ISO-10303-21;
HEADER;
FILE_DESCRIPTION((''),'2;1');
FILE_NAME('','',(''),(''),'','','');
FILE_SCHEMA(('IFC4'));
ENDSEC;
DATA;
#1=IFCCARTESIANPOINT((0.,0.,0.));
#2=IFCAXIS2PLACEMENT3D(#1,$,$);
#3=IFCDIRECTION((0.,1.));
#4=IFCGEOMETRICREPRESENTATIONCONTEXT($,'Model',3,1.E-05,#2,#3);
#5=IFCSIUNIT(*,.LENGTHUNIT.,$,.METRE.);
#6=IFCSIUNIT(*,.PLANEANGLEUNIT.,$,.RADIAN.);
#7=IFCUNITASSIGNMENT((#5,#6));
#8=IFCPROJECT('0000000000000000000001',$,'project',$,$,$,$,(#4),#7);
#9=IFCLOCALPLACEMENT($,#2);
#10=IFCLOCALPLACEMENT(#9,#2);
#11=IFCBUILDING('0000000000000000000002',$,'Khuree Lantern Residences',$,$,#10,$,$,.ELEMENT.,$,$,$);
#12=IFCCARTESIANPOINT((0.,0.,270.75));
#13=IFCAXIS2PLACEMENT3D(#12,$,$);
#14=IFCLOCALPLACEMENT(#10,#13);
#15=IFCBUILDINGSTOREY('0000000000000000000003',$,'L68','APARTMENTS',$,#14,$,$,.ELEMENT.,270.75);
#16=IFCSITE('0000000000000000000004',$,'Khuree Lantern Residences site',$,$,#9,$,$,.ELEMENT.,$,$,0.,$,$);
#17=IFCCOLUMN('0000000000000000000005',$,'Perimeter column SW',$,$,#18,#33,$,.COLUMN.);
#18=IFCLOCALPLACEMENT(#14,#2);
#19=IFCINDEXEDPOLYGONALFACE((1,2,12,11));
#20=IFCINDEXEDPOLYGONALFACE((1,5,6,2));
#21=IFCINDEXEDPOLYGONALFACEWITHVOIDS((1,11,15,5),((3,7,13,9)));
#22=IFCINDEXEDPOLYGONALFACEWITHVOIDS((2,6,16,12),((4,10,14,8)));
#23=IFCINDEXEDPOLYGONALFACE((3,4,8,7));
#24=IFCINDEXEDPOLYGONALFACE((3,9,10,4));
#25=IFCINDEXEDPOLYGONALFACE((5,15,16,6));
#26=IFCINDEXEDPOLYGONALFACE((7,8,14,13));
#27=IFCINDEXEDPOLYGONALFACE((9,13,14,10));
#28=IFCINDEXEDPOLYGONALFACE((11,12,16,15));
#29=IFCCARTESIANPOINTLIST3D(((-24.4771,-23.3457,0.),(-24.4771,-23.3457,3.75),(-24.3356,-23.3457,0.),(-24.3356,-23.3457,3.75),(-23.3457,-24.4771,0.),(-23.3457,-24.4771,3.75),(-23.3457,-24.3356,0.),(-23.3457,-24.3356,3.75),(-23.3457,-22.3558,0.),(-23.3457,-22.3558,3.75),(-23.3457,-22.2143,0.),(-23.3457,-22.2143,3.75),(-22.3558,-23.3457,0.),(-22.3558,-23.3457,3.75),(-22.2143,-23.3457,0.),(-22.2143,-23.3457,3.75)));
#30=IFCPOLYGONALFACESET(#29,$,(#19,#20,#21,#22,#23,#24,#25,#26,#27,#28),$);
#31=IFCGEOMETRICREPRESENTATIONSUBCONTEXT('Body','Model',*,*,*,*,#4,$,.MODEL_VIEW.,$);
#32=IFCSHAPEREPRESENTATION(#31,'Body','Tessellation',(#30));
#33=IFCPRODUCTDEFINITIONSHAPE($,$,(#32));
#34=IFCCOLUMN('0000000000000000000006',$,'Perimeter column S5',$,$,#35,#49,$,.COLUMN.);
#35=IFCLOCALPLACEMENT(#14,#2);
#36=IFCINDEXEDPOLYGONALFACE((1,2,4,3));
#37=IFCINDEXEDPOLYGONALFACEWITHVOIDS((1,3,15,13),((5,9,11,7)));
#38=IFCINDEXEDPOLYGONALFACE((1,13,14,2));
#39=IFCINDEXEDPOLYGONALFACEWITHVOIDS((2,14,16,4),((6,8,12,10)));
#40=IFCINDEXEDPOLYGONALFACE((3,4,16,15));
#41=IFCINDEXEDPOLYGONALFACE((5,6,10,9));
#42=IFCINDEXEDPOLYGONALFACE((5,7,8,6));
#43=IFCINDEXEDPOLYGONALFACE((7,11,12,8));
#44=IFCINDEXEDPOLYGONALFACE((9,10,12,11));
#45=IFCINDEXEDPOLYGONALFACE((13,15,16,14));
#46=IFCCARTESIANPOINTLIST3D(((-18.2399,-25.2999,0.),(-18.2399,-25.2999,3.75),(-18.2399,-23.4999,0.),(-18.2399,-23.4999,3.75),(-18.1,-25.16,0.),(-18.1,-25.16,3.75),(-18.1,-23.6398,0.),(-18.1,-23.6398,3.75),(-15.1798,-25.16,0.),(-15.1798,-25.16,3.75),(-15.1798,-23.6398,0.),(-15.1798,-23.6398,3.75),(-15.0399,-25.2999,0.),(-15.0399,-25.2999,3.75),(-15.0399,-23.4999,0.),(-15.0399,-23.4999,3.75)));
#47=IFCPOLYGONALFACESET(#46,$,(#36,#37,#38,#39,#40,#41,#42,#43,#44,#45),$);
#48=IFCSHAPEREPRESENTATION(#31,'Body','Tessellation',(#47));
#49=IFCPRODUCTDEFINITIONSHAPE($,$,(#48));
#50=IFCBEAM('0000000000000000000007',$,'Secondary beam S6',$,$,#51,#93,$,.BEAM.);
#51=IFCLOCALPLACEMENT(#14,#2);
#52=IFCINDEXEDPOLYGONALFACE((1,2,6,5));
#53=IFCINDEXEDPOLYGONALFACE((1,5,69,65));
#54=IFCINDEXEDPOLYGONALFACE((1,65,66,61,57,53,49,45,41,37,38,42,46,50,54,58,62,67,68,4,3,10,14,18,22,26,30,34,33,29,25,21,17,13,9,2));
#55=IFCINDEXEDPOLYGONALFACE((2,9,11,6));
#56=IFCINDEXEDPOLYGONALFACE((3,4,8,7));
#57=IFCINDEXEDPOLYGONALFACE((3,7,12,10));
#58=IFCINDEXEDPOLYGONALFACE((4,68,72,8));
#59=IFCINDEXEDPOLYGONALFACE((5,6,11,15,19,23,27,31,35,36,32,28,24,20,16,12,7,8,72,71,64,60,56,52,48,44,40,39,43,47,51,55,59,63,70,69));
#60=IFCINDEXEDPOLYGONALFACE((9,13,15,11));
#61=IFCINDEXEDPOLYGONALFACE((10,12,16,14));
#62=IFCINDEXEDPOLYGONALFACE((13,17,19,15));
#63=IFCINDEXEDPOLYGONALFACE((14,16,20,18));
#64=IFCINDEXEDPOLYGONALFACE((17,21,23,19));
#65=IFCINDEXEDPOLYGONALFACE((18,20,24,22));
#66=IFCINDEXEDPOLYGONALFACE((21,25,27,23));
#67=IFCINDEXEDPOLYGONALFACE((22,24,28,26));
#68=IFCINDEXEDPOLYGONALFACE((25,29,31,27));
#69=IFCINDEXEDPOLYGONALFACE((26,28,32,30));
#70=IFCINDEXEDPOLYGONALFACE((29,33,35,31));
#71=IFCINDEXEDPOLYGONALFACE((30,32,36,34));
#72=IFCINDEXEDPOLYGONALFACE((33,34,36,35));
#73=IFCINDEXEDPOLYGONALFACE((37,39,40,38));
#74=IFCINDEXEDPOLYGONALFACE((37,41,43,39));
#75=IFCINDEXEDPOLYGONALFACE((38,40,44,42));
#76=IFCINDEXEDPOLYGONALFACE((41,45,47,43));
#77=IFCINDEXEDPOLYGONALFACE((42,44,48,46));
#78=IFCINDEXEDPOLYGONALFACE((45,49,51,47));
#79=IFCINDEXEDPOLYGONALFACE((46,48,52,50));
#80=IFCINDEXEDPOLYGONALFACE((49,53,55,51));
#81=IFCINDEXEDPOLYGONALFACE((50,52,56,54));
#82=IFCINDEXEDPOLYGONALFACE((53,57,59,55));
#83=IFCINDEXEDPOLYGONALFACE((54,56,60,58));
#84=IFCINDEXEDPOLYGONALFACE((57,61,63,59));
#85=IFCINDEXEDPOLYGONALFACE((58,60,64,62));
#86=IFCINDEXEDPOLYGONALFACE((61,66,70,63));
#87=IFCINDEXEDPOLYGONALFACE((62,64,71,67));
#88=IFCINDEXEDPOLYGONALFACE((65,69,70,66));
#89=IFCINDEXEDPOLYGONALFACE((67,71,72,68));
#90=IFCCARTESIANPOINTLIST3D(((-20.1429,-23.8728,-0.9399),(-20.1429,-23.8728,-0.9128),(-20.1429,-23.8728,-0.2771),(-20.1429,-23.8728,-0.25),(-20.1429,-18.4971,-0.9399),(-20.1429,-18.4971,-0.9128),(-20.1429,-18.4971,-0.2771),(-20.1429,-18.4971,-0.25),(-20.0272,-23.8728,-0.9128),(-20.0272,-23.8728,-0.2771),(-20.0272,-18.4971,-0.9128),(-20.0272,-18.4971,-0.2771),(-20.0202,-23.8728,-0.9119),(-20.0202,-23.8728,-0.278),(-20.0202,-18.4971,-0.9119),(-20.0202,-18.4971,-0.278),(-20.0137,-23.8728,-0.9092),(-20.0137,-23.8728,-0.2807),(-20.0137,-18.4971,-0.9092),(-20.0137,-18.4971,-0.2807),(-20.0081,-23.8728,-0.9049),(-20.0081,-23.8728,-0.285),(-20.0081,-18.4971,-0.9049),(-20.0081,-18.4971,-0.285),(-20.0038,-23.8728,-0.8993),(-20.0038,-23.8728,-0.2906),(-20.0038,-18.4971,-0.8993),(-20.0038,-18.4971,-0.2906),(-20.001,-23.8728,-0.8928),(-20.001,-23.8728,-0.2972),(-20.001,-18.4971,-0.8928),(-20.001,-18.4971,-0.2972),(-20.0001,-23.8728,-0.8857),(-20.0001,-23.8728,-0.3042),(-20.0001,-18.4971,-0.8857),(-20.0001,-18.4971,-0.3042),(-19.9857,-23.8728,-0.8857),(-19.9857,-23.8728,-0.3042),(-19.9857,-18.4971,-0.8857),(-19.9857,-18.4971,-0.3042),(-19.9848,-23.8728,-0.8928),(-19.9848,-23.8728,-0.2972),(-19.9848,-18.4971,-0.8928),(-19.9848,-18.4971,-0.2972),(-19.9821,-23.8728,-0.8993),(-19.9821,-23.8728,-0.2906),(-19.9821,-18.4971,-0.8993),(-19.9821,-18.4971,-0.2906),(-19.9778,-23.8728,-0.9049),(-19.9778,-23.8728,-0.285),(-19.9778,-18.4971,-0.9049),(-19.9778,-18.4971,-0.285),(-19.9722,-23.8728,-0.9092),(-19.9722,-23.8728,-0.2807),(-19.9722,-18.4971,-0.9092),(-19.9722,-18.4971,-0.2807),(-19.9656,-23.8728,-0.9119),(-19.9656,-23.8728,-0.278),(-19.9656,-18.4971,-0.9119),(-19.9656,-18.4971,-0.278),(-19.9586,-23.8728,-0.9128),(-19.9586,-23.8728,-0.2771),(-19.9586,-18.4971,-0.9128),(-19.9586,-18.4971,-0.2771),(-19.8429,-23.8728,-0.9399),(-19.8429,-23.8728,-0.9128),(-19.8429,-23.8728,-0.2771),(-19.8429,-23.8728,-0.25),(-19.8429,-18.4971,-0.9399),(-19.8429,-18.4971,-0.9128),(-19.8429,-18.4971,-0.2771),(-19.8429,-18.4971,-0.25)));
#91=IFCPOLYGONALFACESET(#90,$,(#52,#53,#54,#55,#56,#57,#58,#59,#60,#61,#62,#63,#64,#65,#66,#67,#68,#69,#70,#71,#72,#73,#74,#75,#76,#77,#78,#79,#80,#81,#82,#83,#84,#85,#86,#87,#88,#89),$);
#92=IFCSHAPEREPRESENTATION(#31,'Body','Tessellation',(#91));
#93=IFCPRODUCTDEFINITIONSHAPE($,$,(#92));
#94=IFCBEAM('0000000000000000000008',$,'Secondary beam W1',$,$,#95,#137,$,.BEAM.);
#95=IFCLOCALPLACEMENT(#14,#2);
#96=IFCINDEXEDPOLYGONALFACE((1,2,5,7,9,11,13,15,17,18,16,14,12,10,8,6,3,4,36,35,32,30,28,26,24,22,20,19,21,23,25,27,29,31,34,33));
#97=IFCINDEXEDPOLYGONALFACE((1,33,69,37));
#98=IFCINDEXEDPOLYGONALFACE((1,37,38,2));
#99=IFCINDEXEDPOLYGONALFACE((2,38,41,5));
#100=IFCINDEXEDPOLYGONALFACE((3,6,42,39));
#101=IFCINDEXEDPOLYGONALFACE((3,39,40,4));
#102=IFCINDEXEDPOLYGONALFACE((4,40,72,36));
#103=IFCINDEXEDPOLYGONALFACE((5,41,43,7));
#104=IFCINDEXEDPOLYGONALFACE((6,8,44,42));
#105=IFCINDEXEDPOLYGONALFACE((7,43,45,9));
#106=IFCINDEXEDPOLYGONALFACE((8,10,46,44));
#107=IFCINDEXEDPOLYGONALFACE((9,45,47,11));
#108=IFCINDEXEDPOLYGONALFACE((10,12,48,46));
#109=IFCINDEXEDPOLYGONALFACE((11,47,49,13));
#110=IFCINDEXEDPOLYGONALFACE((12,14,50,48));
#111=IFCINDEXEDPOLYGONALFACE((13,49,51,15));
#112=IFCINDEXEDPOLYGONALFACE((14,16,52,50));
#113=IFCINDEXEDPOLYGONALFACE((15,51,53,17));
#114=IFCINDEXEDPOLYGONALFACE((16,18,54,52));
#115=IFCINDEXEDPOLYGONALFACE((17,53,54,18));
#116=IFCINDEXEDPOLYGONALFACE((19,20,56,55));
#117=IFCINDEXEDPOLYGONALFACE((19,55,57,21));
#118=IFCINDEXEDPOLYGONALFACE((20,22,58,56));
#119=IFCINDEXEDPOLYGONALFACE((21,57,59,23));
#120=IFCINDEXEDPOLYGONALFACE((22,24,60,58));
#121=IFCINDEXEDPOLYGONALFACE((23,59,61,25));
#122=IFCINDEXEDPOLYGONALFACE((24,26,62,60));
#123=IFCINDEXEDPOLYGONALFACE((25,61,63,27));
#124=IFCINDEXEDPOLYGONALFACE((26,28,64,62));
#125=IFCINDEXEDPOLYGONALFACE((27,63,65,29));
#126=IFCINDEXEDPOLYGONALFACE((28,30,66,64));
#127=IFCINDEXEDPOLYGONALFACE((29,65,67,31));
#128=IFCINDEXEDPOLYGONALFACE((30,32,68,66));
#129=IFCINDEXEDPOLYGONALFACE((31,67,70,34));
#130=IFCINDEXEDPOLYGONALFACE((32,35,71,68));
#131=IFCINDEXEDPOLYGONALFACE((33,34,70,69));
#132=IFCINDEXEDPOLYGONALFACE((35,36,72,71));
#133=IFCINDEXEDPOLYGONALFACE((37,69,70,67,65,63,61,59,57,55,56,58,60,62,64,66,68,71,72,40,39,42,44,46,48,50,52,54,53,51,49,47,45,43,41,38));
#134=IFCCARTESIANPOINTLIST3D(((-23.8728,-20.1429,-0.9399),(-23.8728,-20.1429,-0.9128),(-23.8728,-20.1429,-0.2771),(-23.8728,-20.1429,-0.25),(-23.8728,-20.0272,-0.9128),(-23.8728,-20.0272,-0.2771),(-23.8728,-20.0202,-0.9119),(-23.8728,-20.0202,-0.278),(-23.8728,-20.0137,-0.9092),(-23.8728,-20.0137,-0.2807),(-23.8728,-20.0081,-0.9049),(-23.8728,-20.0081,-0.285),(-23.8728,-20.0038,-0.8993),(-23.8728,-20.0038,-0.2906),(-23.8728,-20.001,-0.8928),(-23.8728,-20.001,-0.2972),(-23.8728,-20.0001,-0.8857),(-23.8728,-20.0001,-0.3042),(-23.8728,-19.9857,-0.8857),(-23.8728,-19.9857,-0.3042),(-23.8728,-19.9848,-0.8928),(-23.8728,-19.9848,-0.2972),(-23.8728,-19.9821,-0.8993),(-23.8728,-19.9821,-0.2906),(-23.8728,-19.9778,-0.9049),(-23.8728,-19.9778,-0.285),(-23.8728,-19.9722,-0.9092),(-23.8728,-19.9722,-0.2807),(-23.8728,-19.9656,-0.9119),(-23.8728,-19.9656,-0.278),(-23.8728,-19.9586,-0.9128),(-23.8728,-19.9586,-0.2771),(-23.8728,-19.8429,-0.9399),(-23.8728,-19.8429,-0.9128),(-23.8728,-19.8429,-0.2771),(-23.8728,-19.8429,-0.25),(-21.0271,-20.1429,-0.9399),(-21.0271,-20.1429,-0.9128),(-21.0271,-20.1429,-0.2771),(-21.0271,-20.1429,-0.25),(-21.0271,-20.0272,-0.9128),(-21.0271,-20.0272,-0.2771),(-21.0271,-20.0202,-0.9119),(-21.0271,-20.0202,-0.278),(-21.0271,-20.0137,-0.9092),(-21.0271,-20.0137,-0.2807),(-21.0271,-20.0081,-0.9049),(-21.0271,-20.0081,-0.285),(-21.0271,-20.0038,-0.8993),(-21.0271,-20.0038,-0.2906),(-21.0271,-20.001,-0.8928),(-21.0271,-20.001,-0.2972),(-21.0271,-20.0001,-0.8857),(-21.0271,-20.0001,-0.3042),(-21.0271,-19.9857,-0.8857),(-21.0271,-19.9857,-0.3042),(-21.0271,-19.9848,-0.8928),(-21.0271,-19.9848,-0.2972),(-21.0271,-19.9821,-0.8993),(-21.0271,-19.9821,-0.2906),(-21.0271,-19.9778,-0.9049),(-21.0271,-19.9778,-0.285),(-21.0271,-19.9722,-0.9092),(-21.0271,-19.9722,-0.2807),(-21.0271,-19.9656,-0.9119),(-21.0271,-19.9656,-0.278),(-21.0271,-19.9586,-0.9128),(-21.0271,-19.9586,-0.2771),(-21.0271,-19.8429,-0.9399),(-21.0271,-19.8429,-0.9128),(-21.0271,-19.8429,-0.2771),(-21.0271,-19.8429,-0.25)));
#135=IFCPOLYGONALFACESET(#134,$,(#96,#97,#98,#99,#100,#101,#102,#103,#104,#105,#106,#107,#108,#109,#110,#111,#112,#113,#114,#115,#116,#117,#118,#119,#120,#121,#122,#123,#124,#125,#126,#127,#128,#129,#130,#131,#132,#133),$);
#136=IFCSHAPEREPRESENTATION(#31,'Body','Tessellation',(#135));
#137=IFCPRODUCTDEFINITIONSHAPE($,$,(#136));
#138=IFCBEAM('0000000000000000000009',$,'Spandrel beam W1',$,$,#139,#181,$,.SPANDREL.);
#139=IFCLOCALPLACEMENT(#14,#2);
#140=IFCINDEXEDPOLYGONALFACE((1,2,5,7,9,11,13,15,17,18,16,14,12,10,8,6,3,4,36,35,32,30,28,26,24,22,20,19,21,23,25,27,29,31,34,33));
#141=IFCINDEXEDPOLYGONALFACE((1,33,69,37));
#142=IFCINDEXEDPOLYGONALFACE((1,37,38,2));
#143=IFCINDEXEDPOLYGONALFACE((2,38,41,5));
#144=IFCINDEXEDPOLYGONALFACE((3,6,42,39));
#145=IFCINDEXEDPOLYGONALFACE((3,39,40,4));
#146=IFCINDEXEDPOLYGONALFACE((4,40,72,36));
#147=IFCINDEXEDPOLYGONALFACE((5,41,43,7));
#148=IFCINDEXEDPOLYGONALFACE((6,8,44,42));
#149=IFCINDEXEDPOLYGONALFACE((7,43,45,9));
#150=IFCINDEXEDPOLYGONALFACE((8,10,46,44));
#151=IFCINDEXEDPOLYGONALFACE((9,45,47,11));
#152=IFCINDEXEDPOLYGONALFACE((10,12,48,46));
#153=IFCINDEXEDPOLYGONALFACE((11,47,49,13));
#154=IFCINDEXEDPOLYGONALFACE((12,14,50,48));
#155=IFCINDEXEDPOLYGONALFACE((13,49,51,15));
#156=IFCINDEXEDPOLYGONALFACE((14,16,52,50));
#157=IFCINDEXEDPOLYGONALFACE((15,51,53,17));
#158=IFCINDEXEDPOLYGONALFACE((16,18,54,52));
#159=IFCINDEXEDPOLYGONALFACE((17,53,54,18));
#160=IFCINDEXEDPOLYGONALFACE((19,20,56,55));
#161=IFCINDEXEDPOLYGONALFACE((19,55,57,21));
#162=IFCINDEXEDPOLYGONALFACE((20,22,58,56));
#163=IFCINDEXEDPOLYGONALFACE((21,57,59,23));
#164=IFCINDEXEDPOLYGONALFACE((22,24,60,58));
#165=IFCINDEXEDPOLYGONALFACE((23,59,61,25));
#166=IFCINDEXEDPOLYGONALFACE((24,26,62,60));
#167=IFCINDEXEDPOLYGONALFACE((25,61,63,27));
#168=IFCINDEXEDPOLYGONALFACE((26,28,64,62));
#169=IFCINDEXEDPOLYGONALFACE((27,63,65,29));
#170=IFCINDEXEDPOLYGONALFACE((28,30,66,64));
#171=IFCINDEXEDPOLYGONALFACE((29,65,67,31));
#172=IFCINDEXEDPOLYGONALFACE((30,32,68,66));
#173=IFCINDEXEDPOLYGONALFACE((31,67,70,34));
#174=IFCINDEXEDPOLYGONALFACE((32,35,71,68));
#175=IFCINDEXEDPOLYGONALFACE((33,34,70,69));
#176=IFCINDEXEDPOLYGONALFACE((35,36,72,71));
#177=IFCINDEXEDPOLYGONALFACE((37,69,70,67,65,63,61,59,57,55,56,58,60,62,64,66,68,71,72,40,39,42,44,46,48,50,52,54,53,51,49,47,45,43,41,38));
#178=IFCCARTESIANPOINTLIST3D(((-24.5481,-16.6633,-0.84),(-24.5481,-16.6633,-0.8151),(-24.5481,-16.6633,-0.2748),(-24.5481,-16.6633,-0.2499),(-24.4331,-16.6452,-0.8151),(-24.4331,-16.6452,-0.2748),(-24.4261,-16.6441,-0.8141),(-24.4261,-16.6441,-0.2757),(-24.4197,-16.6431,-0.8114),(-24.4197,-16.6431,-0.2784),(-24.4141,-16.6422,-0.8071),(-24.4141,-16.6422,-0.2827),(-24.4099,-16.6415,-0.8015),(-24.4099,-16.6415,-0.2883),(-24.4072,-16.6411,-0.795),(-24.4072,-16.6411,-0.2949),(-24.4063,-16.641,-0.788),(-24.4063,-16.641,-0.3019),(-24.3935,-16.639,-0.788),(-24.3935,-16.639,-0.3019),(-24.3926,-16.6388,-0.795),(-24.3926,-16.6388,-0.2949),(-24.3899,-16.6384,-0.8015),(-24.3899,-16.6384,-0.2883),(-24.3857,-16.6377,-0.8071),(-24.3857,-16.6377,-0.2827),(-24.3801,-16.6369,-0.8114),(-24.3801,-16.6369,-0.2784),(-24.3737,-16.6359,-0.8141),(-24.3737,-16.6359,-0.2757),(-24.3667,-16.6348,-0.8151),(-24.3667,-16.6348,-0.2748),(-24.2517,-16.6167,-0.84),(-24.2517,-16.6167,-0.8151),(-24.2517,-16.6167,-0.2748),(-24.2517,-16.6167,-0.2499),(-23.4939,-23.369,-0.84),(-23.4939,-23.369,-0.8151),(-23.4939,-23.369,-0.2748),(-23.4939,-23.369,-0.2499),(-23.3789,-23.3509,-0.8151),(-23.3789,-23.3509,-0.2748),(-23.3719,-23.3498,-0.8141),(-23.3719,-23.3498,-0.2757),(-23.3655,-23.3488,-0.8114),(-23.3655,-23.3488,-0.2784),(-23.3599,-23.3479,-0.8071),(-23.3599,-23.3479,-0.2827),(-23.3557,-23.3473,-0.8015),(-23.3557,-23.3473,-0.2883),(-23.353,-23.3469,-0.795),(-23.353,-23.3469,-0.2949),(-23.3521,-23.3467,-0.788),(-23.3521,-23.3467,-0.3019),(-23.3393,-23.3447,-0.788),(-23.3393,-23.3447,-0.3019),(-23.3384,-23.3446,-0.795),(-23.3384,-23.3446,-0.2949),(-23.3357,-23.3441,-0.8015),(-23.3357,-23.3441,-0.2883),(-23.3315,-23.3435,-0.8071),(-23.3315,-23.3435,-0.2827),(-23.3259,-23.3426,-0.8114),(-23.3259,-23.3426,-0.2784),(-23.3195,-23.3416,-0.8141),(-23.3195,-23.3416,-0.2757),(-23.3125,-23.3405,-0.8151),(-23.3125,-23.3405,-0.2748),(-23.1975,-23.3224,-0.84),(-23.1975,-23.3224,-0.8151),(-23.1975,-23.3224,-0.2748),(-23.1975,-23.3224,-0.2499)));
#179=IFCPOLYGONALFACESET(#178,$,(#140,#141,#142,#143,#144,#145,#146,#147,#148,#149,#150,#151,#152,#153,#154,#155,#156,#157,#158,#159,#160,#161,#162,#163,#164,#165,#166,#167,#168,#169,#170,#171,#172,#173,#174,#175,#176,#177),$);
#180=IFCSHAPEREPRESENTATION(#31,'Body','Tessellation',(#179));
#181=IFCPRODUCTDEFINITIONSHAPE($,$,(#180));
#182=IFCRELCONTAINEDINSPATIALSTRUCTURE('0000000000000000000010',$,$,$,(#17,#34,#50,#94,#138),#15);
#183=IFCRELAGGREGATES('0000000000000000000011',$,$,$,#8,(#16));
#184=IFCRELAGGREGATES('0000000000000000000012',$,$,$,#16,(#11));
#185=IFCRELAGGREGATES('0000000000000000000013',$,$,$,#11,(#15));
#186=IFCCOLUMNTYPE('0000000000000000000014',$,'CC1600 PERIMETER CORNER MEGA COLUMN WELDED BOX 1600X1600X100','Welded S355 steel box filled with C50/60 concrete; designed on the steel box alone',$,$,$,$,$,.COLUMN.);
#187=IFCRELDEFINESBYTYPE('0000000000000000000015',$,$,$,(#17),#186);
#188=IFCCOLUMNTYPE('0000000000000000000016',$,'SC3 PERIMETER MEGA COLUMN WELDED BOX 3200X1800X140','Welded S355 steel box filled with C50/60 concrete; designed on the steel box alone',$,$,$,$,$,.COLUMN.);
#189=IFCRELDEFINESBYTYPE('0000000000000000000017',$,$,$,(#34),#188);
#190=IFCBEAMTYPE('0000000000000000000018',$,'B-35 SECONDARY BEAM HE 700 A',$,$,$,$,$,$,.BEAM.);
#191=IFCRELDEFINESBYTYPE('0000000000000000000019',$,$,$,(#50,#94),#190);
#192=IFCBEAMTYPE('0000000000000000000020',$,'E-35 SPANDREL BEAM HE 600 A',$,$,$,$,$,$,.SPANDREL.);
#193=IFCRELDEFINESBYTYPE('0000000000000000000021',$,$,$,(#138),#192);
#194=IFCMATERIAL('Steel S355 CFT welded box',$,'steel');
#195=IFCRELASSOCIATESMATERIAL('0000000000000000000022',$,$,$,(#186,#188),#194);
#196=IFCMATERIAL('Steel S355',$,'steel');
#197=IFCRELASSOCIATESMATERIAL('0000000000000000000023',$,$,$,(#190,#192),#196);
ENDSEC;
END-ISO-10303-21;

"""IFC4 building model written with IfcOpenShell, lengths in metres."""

from ifc_helpers import new_model, si_unit, direction, frame, origin, origin_2d, place, context, subcontext, project, spatial, hollow_rectangle, i_section, extrude, material, material_profile, profile_set, type_object, element, save


model = new_model("IFC4")

# Units and contexts
model_context = context("Model", 3, precision=1e-05, world=origin(), true_north=direction((0.0, 1.0)))
body_context = subcontext(model_context, "Body", "Model", "MODEL_VIEW")
ifc_project = project(units=[si_unit("LENGTHUNIT", "METRE"), si_unit("PLANEANGLEUNIT", "RADIAN")], contexts=[model_context])

# Site, building, storey
site_placement = place(None, origin())
site = spatial("IfcSite", under=ifc_project, at=site_placement, Name="Khuree Lantern Residences site", CompositionType="ELEMENT", RefElevation=0.0)
building_placement = place(site_placement, origin())
building = spatial("IfcBuilding", under=site, at=building_placement, Name="Khuree Lantern Residences", CompositionType="ELEMENT")
storey_placement = place(building_placement, frame((0.0, 0.0, 270.75)))
storey = spatial("IfcBuildingStorey", under=building, at=storey_placement, Name="L68", Description="APARTMENTS", CompositionType="ELEMENT", Elevation=270.75)

# Columns
ifc_material_1 = material(Name="Steel S355 CFT welded box", Category="steel")
ifc_material_profile_1 = material_profile(ifc_material_1, hollow_rectangle(XDim=1.6001, YDim=1.6001, WallThickness=0.1001, at=origin_2d()), Name="WELDED BOX 1600X1600X100")
ifc_profile_set_1 = profile_set([ifc_material_profile_1], Name="Steel S355 CFT welded box")
column_type_1 = type_object("IfcColumnType", Name="CC1600 PERIMETER CORNER MEGA COLUMN WELDED BOX 1600X1600X100", Description="Welded S355 steel box filled with C50/60 concrete; designed on the steel box alone", PredefinedType="COLUMN", material=ifc_profile_set_1)
column_1_placement = place(storey_placement, frame((-23.3457, -23.3457, 0.0), z_axis=(0.0, 0.0, 1.0), x_axis=(0.707107, -0.707107, 0.0)))
element("IfcColumn", 1, at=column_1_placement, inside=storey, type_object=column_type_1, Name="Perimeter column SW", PredefinedType="COLUMN", context=body_context, shape_type="SweptSolid", body=[
    extrude(hollow_rectangle(XDim=1.6001, YDim=1.6001, WallThickness=0.1001, at=origin_2d()), origin(), (0.0, 0.0, 1.0), 3.75),
])
ifc_material_profile_2 = material_profile(ifc_material_1, hollow_rectangle(XDim=3.2, YDim=1.8, WallThickness=0.1399, at=origin_2d()), Name="WELDED BOX 3200X1800X140")
ifc_profile_set_2 = profile_set([ifc_material_profile_2], Name="Steel S355 CFT welded box")
column_type_2 = type_object("IfcColumnType", Name="SC3 PERIMETER MEGA COLUMN WELDED BOX 3200X1800X140", Description="Welded S355 steel box filled with C50/60 concrete; designed on the steel box alone", PredefinedType="COLUMN", material=ifc_profile_set_2)
column_2_placement = place(storey_placement, frame((-16.6399, -24.3999, 0.0), z_axis=(0.0, 0.0, 1.0), x_axis=(1.0, 0.0, 0.0)))
element("IfcColumn", 2, at=column_2_placement, inside=storey, type_object=column_type_2, Name="Perimeter column S5", PredefinedType="COLUMN", context=body_context, shape_type="SweptSolid", body=[
    extrude(hollow_rectangle(XDim=3.2, YDim=1.8, WallThickness=0.1399, at=origin_2d()), origin(), (0.0, 0.0, 1.0), 3.75),
])

# Beams
ifc_material_2 = material(Name="Steel S355", Category="steel")
ifc_material_profile_3 = material_profile(ifc_material_2, i_section(OverallWidth=0.3, OverallDepth=0.6899, WebThickness=0.0144, FlangeThickness=0.0271, FilletRadius=0.0271, at=origin_2d()), Name="HE 700 A")
ifc_profile_set_3 = profile_set([ifc_material_profile_3], Name="Steel S355")
beam_type_1 = type_object("IfcBeamType", Name="B-35 SECONDARY BEAM HE 700 A", PredefinedType="BEAM", material=ifc_profile_set_3)
beam_1_placement = place(storey_placement, frame((-19.9929, -23.8728, -0.595), z_axis=(0.0, 1.0, 0.0), x_axis=(-1.0, 0.0, 0.0)))
element("IfcBeam", 3, at=beam_1_placement, inside=storey, type_object=beam_type_1, Name="Secondary beam S6", PredefinedType="BEAM", context=body_context, shape_type="SweptSolid", body=[
    extrude(i_section(OverallWidth=0.3, OverallDepth=0.6899, WebThickness=0.0144, FlangeThickness=0.0271, FilletRadius=0.0271, at=origin_2d()), origin(), (0.0, 0.0, 1.0), 5.3757),
])
beam_2_placement = place(storey_placement, frame((-23.8728, -19.9929, -0.595), z_axis=(1.0, 0.0, 0.0), x_axis=(0.0, 1.0, 0.0)))
element("IfcBeam", 4, at=beam_2_placement, inside=storey, type_object=beam_type_1, Name="Secondary beam W1", PredefinedType="BEAM", context=body_context, shape_type="SweptSolid", body=[
    extrude(i_section(OverallWidth=0.3, OverallDepth=0.6899, WebThickness=0.0144, FlangeThickness=0.0271, FilletRadius=0.0271, at=origin_2d()), origin(), (0.0, 0.0, 1.0), 2.8457),
])
ifc_material_profile_4 = material_profile(ifc_material_2, i_section(OverallWidth=0.3, OverallDepth=0.5901, WebThickness=0.0129, FlangeThickness=0.0249, FilletRadius=0.0271, at=origin_2d()), Name="HE 600 A")
ifc_profile_set_4 = profile_set([ifc_material_profile_4], Name="Steel S355")
beam_type_2 = type_object("IfcBeamType", Name="E-35 SPANDREL BEAM HE 600 A", PredefinedType="SPANDREL", material=ifc_profile_set_4)
beam_3_placement = place(storey_placement, frame((-23.3457, -23.3457, -0.5449), z_axis=(-0.1553, 0.987867, 0.0), x_axis=(-0.987867, -0.1553, 0.0)))
element("IfcBeam", 5, at=beam_3_placement, inside=storey, type_object=beam_type_2, Name="Spandrel beam W1", PredefinedType="SPANDREL", context=body_context, shape_type="SweptSolid", body=[
    extrude(i_section(OverallWidth=0.3, OverallDepth=0.5901, WebThickness=0.0129, FlangeThickness=0.0249, FilletRadius=0.0271, at=origin_2d()), origin(), (0.0, 0.0, 1.0), 6.7881),
])

save(model, "model.ifc")
